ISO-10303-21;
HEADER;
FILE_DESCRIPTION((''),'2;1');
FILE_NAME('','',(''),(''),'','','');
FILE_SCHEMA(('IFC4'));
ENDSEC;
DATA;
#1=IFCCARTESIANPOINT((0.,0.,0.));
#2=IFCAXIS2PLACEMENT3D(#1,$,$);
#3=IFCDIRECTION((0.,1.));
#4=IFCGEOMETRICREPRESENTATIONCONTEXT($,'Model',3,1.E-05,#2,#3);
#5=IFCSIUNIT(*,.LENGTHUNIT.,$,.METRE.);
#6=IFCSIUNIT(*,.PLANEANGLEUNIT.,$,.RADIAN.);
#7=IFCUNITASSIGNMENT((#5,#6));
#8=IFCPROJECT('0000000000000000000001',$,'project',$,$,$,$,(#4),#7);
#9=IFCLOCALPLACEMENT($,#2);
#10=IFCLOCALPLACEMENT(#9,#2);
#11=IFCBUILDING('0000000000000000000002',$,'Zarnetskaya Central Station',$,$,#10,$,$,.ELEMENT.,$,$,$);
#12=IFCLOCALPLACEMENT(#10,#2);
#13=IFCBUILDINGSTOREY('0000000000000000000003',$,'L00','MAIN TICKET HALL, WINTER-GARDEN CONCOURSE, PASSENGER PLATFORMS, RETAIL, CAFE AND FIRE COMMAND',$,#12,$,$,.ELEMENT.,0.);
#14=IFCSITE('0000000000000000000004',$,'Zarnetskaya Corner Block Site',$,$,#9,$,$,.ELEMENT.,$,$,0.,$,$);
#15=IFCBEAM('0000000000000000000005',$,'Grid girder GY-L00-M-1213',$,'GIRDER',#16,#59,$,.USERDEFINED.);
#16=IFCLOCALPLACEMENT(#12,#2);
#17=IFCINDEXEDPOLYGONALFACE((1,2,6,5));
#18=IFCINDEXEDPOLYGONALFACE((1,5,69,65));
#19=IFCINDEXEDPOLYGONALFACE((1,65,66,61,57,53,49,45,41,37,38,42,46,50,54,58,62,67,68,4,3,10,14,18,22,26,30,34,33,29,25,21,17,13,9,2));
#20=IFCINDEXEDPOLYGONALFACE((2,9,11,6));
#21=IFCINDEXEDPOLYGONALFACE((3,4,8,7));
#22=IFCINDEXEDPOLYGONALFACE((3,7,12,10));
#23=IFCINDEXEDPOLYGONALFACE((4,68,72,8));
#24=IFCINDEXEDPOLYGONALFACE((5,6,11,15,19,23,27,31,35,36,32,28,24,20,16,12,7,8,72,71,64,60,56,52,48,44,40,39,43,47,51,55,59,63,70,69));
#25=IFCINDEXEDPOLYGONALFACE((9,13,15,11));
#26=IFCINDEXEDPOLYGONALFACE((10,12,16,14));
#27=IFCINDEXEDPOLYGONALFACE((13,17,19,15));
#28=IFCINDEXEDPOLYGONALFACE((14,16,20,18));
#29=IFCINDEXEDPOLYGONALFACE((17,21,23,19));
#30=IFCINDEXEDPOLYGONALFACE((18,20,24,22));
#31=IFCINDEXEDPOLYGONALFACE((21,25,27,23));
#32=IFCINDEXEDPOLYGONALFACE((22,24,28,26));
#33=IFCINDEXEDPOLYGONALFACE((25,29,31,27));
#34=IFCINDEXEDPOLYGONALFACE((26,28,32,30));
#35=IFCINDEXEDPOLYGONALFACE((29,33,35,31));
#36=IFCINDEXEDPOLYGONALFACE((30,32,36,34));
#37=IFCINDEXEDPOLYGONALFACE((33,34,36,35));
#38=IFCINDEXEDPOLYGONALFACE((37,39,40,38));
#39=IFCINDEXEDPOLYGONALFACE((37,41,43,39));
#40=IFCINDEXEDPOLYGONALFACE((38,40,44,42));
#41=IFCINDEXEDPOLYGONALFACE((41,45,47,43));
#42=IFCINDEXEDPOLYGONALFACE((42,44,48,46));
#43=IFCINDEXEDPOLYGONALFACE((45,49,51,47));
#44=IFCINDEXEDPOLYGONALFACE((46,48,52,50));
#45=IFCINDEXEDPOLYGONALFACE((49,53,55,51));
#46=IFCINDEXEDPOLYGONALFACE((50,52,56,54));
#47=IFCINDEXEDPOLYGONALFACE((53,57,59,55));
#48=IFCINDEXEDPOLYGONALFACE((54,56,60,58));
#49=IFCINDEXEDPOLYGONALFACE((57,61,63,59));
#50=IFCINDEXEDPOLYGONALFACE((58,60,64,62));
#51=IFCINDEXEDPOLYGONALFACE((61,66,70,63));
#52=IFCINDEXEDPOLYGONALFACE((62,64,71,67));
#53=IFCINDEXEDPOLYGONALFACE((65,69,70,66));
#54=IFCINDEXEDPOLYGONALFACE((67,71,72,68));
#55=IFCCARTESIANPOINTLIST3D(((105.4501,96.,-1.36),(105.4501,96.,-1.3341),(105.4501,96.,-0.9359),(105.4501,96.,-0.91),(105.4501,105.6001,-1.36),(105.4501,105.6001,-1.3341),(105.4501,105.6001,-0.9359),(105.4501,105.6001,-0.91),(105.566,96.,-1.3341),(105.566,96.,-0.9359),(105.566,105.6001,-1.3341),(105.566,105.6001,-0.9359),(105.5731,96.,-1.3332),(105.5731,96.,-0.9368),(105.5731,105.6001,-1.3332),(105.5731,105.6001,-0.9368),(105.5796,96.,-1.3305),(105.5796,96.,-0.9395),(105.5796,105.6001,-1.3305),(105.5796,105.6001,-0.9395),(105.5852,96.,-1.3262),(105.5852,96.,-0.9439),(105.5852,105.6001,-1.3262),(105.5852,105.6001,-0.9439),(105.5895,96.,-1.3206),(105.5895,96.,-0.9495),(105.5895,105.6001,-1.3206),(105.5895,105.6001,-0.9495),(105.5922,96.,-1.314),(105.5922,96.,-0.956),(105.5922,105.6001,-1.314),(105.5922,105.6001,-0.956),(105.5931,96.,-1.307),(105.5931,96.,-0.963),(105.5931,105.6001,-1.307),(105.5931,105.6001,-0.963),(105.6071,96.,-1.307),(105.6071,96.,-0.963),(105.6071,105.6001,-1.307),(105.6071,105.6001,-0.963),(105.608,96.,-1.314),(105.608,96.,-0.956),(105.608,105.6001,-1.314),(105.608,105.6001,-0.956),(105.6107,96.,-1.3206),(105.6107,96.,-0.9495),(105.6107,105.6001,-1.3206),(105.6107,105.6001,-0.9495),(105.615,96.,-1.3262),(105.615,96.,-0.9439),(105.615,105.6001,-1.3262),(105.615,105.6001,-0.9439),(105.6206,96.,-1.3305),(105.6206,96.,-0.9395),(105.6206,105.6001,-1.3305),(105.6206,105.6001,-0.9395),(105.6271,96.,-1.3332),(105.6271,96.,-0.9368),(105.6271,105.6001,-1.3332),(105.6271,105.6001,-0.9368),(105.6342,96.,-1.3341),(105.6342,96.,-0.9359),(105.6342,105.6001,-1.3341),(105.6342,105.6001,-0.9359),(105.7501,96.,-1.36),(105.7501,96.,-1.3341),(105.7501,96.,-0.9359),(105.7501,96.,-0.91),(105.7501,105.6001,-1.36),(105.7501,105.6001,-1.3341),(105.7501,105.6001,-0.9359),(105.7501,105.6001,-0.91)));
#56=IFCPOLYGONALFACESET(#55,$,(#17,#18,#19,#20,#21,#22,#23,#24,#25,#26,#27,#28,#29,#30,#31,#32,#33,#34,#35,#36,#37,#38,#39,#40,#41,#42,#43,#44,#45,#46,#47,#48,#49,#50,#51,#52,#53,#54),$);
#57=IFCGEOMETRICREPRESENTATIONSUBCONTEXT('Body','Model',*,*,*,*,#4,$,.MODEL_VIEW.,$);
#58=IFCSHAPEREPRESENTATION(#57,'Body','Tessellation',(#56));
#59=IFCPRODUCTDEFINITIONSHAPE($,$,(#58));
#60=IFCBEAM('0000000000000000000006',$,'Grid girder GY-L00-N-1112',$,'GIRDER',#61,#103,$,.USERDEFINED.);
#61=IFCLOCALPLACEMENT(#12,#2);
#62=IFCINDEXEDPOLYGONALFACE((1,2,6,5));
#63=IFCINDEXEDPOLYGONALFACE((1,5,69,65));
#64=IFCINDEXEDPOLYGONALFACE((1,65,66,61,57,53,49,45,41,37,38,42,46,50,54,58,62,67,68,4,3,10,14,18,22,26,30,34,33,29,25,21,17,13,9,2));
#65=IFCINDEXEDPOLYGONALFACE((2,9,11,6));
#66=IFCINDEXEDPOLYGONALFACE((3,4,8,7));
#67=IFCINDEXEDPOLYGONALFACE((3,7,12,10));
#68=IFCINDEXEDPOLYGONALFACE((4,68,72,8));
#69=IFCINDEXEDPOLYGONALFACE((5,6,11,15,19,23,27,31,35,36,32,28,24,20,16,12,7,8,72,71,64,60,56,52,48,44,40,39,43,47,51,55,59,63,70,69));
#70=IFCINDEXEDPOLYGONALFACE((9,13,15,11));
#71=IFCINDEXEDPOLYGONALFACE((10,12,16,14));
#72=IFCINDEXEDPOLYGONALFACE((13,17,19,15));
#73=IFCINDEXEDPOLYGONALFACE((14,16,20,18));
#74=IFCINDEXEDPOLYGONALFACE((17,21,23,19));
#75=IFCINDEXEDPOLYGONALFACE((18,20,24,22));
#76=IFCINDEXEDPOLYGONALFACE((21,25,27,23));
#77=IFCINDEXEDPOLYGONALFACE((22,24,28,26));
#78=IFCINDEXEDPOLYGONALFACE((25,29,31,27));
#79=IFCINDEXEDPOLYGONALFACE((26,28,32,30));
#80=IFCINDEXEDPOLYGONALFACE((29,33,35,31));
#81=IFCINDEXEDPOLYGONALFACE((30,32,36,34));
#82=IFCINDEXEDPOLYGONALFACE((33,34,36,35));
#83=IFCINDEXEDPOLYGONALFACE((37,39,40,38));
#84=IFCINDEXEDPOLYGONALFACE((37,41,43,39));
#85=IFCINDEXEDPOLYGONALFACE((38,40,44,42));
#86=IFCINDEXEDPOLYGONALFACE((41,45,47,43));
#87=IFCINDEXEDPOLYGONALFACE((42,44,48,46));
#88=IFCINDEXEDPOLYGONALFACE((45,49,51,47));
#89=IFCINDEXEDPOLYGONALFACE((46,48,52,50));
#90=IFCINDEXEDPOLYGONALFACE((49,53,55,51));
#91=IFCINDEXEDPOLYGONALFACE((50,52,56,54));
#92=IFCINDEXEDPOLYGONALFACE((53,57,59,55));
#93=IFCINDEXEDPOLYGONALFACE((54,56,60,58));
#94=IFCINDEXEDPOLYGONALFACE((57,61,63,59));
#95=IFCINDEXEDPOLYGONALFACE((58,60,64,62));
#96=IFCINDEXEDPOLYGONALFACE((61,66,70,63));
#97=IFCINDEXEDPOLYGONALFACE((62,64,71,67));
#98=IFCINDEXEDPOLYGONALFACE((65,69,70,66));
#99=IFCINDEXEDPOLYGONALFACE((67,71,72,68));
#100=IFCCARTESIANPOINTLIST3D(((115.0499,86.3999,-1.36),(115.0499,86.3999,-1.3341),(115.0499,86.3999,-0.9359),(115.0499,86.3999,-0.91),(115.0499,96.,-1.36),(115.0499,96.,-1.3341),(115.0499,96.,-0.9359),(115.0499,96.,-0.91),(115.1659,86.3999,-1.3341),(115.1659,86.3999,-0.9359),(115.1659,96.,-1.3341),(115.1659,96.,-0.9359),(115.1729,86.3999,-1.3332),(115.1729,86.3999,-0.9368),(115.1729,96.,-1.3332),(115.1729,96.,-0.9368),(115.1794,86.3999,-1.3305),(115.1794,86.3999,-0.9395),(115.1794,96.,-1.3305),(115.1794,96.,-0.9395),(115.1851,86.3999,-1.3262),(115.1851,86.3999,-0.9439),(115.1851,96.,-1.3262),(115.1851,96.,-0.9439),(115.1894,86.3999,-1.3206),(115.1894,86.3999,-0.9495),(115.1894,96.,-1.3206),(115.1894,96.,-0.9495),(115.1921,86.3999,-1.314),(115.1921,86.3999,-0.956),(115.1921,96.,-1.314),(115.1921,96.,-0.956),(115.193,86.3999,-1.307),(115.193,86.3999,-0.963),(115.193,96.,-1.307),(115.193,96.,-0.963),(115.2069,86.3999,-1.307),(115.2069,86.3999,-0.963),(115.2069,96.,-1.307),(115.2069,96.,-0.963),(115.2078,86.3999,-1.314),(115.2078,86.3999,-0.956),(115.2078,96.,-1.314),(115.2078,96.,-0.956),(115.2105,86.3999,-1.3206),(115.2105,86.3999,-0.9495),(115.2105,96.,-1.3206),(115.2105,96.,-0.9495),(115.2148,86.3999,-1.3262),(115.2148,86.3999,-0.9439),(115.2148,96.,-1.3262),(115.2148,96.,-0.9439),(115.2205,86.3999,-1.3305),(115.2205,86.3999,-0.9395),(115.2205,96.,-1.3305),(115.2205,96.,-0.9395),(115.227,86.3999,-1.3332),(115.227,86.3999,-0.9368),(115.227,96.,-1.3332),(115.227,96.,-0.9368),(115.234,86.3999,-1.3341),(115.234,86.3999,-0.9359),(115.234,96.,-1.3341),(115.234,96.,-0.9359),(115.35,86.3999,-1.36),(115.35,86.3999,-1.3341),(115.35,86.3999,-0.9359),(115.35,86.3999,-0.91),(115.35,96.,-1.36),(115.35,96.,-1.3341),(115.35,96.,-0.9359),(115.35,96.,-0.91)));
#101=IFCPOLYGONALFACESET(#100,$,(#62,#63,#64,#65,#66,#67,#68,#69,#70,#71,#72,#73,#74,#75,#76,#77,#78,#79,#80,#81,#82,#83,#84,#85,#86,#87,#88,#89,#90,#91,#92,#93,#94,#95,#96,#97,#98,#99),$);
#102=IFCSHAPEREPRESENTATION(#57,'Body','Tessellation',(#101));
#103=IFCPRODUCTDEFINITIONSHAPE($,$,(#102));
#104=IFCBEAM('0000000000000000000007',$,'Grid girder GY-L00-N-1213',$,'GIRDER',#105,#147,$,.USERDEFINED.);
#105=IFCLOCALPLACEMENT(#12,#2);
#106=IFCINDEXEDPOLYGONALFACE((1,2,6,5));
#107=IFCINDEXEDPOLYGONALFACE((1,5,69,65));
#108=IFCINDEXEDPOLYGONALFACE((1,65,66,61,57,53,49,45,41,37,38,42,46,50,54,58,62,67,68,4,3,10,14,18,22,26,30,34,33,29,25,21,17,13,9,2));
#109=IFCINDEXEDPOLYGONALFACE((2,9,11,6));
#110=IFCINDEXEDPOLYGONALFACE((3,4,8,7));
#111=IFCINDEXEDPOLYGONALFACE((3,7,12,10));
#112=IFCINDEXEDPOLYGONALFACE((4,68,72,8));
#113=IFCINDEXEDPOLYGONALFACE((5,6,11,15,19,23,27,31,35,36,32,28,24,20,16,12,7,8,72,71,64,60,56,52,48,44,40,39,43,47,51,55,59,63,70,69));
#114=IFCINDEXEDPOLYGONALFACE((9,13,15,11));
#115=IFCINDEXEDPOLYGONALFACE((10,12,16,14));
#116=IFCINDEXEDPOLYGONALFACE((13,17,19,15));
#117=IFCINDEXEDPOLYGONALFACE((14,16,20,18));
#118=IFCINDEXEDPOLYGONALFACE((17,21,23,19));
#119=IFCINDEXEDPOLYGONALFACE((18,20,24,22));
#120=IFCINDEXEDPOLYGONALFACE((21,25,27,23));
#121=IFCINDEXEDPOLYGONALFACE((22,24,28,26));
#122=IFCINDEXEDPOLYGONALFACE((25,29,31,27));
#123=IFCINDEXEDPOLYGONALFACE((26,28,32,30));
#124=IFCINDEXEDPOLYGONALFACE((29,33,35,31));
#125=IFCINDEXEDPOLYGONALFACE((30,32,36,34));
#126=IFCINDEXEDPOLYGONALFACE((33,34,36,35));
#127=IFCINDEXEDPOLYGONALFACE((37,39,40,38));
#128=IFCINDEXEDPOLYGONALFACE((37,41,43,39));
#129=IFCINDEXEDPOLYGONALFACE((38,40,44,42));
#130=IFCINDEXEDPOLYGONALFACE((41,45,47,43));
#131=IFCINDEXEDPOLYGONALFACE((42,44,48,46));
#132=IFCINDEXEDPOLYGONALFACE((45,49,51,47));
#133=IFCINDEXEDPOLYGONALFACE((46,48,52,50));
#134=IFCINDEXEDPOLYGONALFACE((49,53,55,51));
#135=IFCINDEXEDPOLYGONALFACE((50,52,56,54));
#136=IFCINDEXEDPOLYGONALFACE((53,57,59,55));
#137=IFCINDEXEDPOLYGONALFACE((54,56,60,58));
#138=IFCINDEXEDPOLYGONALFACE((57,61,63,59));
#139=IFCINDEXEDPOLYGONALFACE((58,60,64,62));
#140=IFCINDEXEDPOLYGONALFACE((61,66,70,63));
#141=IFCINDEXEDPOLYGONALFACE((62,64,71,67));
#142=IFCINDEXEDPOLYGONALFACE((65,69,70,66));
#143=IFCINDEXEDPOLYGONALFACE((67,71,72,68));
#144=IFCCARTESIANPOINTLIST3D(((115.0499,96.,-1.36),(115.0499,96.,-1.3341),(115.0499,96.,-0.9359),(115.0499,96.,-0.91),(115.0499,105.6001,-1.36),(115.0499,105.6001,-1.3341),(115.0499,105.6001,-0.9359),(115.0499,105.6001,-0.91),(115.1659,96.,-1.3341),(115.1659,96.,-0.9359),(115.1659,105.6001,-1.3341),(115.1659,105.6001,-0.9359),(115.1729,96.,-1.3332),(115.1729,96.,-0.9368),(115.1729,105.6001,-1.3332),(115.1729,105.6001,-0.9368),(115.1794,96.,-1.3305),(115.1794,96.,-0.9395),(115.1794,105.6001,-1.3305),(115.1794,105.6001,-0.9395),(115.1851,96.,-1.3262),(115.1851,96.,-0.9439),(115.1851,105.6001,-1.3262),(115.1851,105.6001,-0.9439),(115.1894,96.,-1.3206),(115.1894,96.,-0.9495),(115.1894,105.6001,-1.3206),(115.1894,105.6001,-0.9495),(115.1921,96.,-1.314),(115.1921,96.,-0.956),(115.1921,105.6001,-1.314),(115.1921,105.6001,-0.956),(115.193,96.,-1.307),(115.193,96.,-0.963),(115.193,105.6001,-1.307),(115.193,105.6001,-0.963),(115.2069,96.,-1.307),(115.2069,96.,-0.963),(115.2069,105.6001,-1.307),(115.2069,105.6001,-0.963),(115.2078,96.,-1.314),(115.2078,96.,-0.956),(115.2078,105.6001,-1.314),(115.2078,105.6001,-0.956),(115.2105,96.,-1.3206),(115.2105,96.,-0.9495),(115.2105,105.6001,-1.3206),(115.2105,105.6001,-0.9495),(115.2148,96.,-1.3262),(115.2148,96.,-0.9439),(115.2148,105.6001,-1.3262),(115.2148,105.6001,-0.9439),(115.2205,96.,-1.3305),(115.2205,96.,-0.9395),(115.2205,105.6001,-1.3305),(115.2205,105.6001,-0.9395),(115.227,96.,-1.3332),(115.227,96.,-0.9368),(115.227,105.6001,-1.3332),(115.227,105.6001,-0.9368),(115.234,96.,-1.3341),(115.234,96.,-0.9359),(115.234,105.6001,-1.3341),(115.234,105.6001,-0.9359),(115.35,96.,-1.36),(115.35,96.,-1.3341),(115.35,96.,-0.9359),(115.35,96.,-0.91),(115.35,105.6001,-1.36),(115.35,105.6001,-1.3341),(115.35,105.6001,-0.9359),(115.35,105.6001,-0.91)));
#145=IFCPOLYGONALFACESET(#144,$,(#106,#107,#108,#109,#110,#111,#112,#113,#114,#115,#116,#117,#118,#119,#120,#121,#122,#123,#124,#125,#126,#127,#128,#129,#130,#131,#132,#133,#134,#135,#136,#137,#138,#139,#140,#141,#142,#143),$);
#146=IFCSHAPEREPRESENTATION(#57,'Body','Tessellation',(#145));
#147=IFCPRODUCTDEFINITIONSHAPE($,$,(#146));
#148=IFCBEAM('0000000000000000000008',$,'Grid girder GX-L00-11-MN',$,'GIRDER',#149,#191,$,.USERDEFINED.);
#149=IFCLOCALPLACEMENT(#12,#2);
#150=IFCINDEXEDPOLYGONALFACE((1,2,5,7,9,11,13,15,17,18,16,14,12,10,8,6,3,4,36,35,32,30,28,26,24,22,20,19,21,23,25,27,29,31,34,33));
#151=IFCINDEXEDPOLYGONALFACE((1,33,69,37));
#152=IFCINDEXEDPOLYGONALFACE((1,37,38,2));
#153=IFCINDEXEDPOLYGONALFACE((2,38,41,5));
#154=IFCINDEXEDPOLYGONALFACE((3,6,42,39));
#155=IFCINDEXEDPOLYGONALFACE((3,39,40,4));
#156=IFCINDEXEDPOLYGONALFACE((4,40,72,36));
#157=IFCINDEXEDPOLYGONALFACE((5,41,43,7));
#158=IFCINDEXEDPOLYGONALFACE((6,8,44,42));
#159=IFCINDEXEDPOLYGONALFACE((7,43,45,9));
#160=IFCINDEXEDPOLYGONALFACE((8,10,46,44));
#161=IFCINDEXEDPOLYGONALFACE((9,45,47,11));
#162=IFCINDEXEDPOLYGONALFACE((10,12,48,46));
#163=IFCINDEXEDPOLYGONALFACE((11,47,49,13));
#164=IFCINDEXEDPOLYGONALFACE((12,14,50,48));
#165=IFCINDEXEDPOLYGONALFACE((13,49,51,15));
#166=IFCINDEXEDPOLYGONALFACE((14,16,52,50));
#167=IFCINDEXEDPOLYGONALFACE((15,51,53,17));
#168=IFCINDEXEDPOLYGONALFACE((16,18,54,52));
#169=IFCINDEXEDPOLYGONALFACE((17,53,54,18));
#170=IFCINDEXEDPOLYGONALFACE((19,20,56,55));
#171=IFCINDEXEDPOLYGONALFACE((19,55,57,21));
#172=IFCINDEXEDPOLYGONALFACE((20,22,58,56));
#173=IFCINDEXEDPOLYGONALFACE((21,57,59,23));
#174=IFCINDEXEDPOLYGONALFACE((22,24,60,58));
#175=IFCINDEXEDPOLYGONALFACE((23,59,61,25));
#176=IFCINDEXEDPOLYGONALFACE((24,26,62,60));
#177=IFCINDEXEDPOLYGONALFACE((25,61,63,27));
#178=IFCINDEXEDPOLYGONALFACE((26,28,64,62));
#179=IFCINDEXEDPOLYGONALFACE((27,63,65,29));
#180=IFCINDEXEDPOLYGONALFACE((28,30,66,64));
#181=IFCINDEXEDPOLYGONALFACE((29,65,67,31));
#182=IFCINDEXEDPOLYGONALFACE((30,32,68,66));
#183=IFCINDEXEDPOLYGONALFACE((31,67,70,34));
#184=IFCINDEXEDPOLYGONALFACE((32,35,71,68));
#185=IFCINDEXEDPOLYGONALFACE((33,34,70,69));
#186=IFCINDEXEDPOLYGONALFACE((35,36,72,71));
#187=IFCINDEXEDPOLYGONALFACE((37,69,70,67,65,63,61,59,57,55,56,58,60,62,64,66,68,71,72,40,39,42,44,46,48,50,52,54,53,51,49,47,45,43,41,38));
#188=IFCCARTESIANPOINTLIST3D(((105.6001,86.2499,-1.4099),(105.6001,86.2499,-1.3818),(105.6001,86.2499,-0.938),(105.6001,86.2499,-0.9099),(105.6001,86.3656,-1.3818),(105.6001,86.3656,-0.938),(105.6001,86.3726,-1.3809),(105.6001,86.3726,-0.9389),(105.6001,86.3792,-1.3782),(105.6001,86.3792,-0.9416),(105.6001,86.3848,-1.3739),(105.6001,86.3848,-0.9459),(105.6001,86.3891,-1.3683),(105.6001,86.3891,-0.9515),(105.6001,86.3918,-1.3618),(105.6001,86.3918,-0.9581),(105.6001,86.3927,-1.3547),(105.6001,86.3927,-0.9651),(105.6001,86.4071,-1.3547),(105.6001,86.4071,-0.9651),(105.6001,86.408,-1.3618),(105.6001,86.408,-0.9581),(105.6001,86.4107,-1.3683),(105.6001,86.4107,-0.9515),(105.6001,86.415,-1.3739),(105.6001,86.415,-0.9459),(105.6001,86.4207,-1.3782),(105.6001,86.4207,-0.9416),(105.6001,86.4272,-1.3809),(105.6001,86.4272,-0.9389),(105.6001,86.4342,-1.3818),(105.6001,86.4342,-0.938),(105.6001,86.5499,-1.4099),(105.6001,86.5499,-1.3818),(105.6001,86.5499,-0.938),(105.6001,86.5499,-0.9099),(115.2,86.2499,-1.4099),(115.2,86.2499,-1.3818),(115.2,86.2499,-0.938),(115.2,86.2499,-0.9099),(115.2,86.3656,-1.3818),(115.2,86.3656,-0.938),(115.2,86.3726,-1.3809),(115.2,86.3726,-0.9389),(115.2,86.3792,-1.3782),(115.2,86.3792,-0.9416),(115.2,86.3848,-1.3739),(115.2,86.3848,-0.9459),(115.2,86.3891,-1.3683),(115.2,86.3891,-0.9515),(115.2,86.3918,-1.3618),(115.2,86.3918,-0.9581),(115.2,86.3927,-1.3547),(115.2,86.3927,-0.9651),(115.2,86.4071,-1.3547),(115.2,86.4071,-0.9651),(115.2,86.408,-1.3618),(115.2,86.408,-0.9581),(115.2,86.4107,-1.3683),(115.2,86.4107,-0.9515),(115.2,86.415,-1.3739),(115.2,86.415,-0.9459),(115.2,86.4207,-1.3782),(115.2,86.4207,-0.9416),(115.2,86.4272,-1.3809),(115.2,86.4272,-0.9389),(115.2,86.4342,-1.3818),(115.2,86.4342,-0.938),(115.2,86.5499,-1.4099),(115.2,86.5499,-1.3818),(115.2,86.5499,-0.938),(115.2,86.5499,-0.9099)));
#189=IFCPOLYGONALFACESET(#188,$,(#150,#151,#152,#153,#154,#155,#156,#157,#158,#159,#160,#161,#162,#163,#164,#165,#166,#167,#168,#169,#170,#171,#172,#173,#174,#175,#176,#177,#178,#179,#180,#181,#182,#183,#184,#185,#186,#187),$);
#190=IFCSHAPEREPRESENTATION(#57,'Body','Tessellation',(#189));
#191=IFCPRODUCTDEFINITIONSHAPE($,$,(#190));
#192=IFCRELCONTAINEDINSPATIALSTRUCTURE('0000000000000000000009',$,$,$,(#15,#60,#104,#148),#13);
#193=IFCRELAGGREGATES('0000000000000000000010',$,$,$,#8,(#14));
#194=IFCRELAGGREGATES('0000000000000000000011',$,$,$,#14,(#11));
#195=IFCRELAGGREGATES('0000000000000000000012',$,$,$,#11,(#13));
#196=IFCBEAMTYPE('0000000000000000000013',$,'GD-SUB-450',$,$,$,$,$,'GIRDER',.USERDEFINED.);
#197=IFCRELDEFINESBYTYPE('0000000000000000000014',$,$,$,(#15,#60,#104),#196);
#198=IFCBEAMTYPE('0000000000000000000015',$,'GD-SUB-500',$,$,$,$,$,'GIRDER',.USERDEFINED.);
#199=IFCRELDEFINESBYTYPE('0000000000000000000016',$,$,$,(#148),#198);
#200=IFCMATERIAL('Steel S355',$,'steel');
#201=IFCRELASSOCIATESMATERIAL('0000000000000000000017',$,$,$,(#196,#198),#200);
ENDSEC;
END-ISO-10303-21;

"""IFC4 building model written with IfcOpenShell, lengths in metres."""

from ifc_helpers import new_model, si_unit, direction, frame, origin, origin_2d, place, context, subcontext, project, spatial, i_section, extrude, material, material_profile, profile_set, type_object, element, save


model = new_model("IFC4")

# Units and contexts
model_context = context("Model", 3, precision=1e-05, world=origin(), true_north=direction((0.0, 1.0)))
body_context = subcontext(model_context, "Body", "Model", "MODEL_VIEW")
ifc_project = project(units=[si_unit("LENGTHUNIT", "METRE"), si_unit("PLANEANGLEUNIT", "RADIAN")], contexts=[model_context])

# Site, building, storey
site_placement = place(None, origin())
site = spatial("IfcSite", under=ifc_project, at=site_placement, Name="Zarnetskaya Corner Block Site", CompositionType="ELEMENT", RefElevation=0.0)
building_placement = place(site_placement, origin())
building = spatial("IfcBuilding", under=site, at=building_placement, Name="Zarnetskaya Central Station", CompositionType="ELEMENT")
storey_placement = place(building_placement, origin())
storey = spatial("IfcBuildingStorey", under=building, at=storey_placement, Name="L00", Description="MAIN TICKET HALL, WINTER-GARDEN CONCOURSE, PASSENGER PLATFORMS, RETAIL, CAFE AND FIRE COMMAND", CompositionType="ELEMENT", Elevation=0.0)

# Shared definitions
ifc_material = material(Name="Steel S355", Category="steel")

# Beams
ifc_material_profile_1 = material_profile(ifc_material, i_section(OverallWidth=0.3, OverallDepth=0.45, WebThickness=0.0139, FlangeThickness=0.0259, FilletRadius=0.0271, at=origin_2d()), Name="HEB 450")
ifc_profile_set_1 = profile_set([ifc_material_profile_1], Name="Steel S355")
beam_type_1 = type_object("IfcBeamType", Name="GD-SUB-450", ElementType="GIRDER", PredefinedType="USERDEFINED", material=ifc_profile_set_1)
for number, where, z_axis, x_axis, name in (
    (1, (105.6001, 96.0, -1.135), (0.0, 1.0, 0.0), (-1.0, 0.0, 0.0), "Grid girder GY-L00-M-1213"),
    (2, (115.2, 86.3999, -1.135), (0.0, 1.0, 0.0), (-1.0, 0.0, 0.0), "Grid girder GY-L00-N-1112"),
    (3, (115.2, 96.0, -1.135), (0.0, 1.0, 0.0), (-1.0, 0.0, 0.0), "Grid girder GY-L00-N-1213"),
):
    element("IfcBeam", number, at=place(storey_placement, frame(where, z_axis=z_axis, x_axis=x_axis)), inside=storey, type_object=beam_type_1, Name=name, ObjectType="GIRDER", PredefinedType="USERDEFINED", context=body_context, shape_type="SweptSolid", body=[
        extrude(i_section(OverallWidth=0.3, OverallDepth=0.45, WebThickness=0.0139, FlangeThickness=0.0259, FilletRadius=0.0271, at=origin_2d()), origin(), (0.0, 0.0, 1.0), 9.6001),
    ])
ifc_material_profile_2 = material_profile(ifc_material, i_section(OverallWidth=0.3, OverallDepth=0.5, WebThickness=0.0144, FlangeThickness=0.0281, FilletRadius=0.0271, at=origin_2d()), Name="HEB 500")
ifc_profile_set_2 = profile_set([ifc_material_profile_2], Name="Steel S355")
beam_type_2 = type_object("IfcBeamType", Name="GD-SUB-500", ElementType="GIRDER", PredefinedType="USERDEFINED", material=ifc_profile_set_2)
for number, where, z_axis, x_axis, name in (
    (4, (105.6001, 86.3999, -1.1599), (1.0, 0.0, 0.0), (0.0, 1.0, 0.0), "Grid girder GX-L00-11-MN"),
):
    element("IfcBeam", number, at=place(storey_placement, frame(where, z_axis=z_axis, x_axis=x_axis)), inside=storey, type_object=beam_type_2, Name=name, ObjectType="GIRDER", PredefinedType="USERDEFINED", context=body_context, shape_type="SweptSolid", body=[
        extrude(i_section(OverallWidth=0.3, OverallDepth=0.5, WebThickness=0.0144, FlangeThickness=0.0281, FilletRadius=0.0271, at=origin_2d()), origin(), (0.0, 0.0, 1.0), 9.5999),
    ])

save(model, "model.ifc")
